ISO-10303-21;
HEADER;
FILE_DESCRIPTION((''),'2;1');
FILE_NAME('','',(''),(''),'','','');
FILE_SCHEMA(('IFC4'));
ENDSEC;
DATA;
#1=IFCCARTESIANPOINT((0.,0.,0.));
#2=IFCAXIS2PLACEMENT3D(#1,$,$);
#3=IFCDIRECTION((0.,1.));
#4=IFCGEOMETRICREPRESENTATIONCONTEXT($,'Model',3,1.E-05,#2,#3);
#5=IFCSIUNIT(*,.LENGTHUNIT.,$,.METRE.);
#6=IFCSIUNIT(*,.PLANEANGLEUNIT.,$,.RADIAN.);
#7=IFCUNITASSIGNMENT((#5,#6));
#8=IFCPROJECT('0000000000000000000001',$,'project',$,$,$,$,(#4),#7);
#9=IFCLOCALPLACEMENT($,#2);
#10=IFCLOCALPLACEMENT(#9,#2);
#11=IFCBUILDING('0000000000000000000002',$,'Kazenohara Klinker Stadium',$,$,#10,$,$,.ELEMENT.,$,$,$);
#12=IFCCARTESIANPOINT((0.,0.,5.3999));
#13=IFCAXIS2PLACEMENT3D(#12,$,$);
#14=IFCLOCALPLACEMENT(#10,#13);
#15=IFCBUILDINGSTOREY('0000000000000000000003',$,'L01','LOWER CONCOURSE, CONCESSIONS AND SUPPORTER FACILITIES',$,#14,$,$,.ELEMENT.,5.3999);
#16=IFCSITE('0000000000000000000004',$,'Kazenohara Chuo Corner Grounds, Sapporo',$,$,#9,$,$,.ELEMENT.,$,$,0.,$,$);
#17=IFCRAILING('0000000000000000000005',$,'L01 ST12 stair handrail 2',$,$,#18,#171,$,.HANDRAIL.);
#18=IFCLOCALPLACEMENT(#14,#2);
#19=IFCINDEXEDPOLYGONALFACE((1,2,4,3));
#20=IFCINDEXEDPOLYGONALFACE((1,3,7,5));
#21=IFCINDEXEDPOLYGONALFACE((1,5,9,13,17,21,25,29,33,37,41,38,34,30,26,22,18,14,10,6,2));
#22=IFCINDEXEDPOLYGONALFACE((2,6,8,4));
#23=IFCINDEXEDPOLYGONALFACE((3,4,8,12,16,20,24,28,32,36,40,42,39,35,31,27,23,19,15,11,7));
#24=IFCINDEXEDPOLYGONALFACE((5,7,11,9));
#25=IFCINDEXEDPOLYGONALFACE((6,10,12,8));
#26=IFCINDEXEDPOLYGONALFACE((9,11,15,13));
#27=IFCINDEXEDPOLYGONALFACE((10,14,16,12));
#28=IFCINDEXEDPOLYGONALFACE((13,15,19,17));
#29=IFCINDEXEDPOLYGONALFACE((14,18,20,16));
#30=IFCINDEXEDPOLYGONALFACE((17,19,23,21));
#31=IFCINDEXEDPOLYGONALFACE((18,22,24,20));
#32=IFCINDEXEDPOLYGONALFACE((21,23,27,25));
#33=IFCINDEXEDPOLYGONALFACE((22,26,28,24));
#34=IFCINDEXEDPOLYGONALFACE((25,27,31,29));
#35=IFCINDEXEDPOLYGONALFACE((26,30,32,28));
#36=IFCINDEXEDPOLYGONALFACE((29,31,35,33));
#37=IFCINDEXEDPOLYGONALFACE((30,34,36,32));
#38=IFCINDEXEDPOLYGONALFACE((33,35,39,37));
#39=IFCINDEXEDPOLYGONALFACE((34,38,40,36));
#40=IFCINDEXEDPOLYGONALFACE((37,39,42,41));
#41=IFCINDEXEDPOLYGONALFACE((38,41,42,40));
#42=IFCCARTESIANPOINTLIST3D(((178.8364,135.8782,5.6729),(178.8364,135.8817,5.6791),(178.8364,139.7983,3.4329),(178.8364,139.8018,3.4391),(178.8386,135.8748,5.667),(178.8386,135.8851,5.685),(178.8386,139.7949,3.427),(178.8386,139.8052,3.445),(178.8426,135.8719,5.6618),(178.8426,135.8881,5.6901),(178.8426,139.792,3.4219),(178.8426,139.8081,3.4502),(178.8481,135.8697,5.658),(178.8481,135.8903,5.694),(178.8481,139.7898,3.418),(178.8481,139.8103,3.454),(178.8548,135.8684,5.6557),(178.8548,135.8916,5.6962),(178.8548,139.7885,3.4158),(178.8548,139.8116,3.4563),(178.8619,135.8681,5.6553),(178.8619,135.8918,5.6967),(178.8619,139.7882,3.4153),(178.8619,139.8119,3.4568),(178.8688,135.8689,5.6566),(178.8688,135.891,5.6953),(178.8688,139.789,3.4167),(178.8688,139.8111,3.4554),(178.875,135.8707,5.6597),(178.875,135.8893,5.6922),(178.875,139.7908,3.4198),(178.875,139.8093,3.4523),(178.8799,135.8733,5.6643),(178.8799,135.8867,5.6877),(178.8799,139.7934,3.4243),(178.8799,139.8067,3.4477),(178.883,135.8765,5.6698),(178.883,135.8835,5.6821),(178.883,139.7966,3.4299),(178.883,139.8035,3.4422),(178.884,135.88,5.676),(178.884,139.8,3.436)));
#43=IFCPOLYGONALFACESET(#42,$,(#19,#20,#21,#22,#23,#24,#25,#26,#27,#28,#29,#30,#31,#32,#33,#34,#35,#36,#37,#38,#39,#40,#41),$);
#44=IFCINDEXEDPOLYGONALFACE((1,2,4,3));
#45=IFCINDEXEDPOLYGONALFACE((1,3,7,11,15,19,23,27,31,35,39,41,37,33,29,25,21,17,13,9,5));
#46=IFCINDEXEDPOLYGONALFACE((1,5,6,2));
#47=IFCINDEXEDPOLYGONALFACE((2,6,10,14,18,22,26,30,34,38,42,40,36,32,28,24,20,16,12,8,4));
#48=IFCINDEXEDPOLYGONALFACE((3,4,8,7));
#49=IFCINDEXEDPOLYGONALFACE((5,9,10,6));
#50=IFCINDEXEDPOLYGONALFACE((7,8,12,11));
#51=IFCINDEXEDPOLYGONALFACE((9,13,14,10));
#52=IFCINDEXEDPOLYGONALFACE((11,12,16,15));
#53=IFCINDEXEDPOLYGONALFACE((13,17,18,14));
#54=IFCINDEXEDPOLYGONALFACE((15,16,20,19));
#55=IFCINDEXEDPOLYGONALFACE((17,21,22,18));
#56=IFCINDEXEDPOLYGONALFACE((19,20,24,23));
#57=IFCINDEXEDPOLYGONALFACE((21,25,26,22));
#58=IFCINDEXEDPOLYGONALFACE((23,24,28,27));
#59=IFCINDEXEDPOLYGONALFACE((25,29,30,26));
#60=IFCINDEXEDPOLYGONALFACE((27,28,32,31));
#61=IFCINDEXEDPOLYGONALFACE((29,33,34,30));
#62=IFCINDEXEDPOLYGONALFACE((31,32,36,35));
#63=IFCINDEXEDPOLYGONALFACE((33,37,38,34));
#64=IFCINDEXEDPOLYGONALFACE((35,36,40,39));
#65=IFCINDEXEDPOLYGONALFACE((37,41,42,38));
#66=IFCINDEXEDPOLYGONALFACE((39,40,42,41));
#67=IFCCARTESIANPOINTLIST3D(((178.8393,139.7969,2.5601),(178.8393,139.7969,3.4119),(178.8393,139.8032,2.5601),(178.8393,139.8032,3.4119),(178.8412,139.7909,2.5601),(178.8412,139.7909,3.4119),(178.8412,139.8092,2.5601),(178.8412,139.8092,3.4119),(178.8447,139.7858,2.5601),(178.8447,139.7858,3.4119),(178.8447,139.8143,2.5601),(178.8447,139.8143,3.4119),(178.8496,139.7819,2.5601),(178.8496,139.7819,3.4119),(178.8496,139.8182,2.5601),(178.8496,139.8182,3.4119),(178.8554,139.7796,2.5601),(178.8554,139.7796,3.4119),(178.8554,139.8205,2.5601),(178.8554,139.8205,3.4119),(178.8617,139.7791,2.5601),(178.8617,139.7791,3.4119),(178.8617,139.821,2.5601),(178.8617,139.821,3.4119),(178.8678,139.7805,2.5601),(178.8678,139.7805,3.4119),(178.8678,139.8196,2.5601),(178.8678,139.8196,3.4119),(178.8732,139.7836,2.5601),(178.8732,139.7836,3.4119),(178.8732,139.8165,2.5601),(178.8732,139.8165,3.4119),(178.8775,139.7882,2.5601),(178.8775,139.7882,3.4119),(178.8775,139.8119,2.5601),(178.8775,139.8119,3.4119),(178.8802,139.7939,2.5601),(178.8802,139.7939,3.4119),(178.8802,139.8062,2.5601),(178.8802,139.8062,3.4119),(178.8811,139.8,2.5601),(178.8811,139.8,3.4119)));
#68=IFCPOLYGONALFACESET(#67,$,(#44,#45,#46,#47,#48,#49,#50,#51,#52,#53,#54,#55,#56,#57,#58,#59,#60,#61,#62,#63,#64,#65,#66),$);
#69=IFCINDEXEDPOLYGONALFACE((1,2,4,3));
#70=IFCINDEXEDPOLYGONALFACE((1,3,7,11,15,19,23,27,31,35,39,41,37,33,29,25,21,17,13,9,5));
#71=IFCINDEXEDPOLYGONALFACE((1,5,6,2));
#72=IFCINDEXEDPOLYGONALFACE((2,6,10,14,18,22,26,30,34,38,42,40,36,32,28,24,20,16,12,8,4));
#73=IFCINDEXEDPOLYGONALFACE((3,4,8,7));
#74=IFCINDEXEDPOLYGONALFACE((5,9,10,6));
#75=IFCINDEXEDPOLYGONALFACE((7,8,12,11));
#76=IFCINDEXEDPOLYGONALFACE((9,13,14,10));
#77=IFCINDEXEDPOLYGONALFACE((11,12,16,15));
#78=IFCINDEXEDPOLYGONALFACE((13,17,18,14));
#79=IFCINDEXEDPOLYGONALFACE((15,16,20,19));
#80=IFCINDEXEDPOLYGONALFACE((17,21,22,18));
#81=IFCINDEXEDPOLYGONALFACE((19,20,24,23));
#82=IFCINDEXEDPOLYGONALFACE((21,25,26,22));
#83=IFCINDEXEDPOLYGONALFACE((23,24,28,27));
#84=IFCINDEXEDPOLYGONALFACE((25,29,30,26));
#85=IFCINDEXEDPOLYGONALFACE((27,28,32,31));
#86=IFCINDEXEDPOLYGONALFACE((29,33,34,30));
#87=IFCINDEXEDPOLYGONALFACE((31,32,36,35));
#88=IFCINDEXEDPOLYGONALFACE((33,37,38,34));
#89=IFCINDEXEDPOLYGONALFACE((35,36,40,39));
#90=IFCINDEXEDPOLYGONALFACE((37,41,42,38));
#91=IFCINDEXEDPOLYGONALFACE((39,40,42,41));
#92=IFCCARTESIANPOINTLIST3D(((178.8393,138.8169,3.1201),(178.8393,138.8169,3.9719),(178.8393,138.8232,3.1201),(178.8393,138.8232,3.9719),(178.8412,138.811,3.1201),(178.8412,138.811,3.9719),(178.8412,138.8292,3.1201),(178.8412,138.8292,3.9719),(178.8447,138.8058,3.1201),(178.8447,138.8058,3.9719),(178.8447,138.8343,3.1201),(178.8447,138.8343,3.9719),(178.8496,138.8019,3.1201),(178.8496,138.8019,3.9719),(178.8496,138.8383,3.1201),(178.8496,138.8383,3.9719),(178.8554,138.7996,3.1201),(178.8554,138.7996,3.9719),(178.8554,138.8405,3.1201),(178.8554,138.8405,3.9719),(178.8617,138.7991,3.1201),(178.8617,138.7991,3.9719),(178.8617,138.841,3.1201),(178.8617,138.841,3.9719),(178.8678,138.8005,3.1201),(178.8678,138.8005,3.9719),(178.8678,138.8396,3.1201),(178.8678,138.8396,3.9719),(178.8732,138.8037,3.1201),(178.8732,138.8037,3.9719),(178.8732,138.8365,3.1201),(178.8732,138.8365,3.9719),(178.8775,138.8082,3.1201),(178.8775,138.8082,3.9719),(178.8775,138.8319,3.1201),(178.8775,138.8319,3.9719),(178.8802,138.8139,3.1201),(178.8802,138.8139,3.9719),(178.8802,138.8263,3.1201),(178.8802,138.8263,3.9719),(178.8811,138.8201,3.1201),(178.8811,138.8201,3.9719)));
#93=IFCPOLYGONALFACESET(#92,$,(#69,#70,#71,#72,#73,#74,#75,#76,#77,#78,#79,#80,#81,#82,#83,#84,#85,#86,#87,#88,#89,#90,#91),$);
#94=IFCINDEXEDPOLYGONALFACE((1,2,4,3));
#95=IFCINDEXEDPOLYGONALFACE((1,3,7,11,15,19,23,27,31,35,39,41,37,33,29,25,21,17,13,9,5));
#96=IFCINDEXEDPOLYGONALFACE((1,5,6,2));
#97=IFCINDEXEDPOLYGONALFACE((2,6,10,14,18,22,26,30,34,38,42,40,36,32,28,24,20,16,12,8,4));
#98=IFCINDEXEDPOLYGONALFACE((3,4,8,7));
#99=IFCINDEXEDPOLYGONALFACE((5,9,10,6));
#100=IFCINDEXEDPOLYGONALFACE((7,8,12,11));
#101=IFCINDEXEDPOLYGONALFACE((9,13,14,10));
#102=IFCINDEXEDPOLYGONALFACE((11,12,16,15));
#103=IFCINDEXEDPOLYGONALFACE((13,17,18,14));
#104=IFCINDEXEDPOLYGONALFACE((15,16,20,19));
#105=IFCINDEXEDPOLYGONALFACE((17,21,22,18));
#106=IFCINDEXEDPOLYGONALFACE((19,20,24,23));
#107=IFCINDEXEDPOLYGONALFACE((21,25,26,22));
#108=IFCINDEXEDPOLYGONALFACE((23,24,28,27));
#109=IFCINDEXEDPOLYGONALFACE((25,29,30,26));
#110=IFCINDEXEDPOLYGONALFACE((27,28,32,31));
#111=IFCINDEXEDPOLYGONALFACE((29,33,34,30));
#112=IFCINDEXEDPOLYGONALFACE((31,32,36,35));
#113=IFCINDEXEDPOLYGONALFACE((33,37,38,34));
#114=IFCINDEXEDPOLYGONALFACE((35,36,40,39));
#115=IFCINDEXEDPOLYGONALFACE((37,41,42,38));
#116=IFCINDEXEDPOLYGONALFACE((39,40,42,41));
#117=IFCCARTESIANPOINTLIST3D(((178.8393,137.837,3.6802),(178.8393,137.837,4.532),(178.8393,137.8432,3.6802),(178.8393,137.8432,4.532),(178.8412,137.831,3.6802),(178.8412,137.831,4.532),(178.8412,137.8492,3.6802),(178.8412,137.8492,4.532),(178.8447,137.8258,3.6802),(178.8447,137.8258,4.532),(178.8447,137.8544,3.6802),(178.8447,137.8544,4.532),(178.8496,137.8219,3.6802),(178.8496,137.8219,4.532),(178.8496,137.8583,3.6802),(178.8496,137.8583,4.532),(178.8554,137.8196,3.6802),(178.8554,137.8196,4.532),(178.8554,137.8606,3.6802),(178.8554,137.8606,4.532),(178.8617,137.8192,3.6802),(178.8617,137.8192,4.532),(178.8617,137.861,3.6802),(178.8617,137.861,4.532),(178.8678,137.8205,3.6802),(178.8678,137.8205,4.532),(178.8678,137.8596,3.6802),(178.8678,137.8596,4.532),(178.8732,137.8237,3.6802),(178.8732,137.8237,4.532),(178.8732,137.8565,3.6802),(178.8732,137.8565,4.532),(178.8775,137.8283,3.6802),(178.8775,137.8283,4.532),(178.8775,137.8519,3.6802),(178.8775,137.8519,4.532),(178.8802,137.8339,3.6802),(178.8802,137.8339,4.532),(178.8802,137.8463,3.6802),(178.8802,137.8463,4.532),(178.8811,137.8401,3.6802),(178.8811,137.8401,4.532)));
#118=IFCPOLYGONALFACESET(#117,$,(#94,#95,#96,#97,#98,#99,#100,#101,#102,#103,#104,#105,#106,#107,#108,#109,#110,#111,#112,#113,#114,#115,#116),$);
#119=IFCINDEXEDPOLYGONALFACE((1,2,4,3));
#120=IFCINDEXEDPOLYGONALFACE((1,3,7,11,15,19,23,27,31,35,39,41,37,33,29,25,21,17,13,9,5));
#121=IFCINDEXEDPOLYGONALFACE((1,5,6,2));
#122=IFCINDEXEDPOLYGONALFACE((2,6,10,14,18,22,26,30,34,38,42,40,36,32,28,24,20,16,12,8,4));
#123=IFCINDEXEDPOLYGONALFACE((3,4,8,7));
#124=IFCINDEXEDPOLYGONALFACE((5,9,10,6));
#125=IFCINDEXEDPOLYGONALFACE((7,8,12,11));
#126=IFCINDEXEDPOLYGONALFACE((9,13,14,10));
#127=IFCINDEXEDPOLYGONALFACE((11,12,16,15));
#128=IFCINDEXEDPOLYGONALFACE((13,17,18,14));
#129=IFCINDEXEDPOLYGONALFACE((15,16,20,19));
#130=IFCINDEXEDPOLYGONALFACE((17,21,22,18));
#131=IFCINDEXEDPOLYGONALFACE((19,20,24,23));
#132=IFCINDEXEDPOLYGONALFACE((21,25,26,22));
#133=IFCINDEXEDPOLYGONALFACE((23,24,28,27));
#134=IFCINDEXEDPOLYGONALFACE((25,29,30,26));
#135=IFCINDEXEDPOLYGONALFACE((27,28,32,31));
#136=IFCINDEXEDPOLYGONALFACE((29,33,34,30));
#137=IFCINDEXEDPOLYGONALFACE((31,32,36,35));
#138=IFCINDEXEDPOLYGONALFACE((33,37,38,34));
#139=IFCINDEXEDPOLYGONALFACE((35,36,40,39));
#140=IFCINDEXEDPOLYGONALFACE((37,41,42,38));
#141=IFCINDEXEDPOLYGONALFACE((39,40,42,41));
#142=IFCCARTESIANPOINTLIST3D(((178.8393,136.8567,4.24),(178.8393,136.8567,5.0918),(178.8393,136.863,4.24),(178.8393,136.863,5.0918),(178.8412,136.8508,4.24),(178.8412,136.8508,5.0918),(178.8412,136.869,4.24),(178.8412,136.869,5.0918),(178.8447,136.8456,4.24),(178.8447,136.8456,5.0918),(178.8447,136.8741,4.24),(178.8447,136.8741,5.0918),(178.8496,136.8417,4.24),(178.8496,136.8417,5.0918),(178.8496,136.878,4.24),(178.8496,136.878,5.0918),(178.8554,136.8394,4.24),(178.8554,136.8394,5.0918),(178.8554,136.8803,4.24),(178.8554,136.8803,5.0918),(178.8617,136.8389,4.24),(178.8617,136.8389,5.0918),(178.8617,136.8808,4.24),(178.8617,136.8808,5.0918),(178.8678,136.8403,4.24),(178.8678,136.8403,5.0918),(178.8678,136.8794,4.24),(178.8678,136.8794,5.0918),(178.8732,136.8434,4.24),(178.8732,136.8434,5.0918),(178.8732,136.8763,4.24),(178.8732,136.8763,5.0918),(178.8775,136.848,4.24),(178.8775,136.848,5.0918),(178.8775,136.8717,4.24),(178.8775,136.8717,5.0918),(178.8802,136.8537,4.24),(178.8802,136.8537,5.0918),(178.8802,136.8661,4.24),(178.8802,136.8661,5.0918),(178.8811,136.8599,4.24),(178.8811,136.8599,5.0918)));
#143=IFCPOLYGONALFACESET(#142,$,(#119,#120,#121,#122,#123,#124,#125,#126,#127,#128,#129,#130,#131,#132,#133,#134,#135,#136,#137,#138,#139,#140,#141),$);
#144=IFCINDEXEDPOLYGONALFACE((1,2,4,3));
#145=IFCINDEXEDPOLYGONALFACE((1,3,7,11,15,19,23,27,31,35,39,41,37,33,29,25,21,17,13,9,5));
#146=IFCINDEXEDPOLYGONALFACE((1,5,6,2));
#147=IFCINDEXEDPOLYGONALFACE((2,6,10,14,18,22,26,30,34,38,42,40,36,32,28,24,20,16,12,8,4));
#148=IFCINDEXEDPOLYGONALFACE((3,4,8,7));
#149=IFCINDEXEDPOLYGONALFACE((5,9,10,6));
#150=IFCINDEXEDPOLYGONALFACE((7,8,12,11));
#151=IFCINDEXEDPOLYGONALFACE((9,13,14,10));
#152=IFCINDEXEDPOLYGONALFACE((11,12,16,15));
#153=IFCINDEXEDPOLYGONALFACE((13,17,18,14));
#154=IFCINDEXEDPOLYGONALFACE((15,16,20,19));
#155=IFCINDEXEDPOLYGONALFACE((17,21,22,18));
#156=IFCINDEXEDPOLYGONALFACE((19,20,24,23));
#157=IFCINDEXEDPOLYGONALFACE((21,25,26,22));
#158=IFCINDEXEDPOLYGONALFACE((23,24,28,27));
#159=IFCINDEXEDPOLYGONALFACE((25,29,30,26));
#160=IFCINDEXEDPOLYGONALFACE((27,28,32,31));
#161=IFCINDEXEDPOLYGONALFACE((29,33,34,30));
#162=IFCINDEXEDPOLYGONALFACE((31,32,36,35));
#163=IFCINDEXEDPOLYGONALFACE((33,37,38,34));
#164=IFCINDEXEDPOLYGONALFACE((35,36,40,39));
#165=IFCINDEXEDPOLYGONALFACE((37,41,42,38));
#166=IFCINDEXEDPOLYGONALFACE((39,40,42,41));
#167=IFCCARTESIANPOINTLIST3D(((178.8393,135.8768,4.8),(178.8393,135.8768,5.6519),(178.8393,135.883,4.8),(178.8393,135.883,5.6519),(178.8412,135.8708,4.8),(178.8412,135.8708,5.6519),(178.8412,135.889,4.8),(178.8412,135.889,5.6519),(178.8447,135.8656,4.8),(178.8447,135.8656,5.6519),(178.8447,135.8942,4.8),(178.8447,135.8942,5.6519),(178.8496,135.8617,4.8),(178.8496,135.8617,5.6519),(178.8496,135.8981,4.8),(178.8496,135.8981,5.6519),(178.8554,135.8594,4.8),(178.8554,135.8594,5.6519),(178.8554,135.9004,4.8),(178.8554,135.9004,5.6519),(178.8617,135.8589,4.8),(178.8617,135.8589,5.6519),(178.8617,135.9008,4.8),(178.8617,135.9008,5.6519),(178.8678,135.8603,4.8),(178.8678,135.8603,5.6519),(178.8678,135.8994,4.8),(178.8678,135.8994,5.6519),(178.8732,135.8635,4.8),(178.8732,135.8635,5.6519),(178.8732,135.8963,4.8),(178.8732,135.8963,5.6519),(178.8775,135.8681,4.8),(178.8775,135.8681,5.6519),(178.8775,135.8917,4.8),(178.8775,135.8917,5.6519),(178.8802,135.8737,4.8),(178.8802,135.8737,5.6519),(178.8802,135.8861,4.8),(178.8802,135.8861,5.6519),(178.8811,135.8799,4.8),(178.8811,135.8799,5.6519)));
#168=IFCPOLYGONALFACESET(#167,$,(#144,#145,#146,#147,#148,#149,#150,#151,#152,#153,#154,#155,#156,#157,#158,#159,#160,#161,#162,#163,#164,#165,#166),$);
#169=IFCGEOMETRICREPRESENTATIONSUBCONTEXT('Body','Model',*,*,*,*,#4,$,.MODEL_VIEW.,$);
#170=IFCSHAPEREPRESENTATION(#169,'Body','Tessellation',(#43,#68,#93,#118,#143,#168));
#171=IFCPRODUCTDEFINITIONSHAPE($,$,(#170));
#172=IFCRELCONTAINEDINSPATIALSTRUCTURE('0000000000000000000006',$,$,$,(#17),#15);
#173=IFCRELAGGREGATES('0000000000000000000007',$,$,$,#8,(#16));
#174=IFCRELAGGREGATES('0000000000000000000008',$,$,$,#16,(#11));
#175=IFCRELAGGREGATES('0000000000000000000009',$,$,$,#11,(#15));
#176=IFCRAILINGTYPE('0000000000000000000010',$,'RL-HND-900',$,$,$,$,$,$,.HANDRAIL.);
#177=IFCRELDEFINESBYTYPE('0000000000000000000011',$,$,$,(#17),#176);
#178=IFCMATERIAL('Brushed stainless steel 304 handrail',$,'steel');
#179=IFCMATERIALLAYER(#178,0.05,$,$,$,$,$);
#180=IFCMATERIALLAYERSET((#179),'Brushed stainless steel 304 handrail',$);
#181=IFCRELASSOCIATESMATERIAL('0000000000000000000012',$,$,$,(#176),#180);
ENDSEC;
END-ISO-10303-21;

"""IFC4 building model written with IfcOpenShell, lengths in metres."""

from ifc_helpers import new_model, si_unit, direction, frame, origin, origin_2d, place, context, subcontext, project, spatial, circle, extrude, material, layer, layer_set, type_object, element, save


model = new_model("IFC4")

# Units and contexts
model_context = context("Model", 3, precision=1e-05, world=origin(), true_north=direction((0.0, 1.0)))
body_context = subcontext(model_context, "Body", "Model", "MODEL_VIEW")
ifc_project = project(units=[si_unit("LENGTHUNIT", "METRE"), si_unit("PLANEANGLEUNIT", "RADIAN")], contexts=[model_context])

# Site, building, storey
site_placement = place(None, origin())
site = spatial("IfcSite", under=ifc_project, at=site_placement, Name="Kazenohara Chuo Corner Grounds, Sapporo", CompositionType="ELEMENT", RefElevation=0.0)
building_placement = place(site_placement, origin())
building = spatial("IfcBuilding", under=site, at=building_placement, Name="Kazenohara Klinker Stadium", CompositionType="ELEMENT")
storey_placement = place(building_placement, frame((0.0, 0.0, 5.3999)))
storey = spatial("IfcBuildingStorey", under=building, at=storey_placement, Name="L01", Description="LOWER CONCOURSE, CONCESSIONS AND SUPPORTER FACILITIES", CompositionType="ELEMENT", Elevation=5.3999)

# Railing
ifc_material_1 = material(Name="Brushed stainless steel 304 handrail", Category="steel")
ifc_layer_1 = layer(ifc_material_1, 0.05)
ifc_layer_set_1 = layer_set([ifc_layer_1], Name="Brushed stainless steel 304 handrail")
railing_type_1 = type_object("IfcRailingType", Name="RL-HND-900", PredefinedType="HANDRAIL", material=ifc_layer_set_1)
railing_1_placement = place(storey_placement, frame((178.8601, 139.8, 2.5601)))
element("IfcRailing", 1, at=railing_1_placement, inside=storey, type_object=railing_type_1, Name="L01 ST12 stair handrail 2", PredefinedType="HANDRAIL", context=body_context, shape_type="SweptSolid", body=[
    extrude(circle(Radius=0.0239, at=origin_2d()), frame((0.0, 0.0, 0.876), z_axis=(0.0, -0.868253, 0.496121), x_axis=(1.0, 0.0, 0.0)), (0.0, 0.0, 1.0), 4.5149),
    extrude(circle(Radius=0.021, at=origin_2d()), origin(), (0.0, 0.0, 1.0), 0.8518),
    extrude(circle(Radius=0.021, at=origin_2d()), frame((0.0, -0.98, 0.5601)), (0.0, 0.0, 1.0), 0.8518),
    extrude(circle(Radius=0.021, at=origin_2d()), frame((0.0, -1.96, 1.1201)), (0.0, 0.0, 1.0), 0.8518),
    extrude(circle(Radius=0.021, at=origin_2d()), frame((0.0, -2.9402, 1.6799)), (0.0, 0.0, 1.0), 0.8518),
    extrude(circle(Radius=0.021, at=origin_2d()), frame((0.0, -3.9202, 2.24)), (0.0, 0.0, 1.0), 0.8518),
])

save(model, "model.ifc")
